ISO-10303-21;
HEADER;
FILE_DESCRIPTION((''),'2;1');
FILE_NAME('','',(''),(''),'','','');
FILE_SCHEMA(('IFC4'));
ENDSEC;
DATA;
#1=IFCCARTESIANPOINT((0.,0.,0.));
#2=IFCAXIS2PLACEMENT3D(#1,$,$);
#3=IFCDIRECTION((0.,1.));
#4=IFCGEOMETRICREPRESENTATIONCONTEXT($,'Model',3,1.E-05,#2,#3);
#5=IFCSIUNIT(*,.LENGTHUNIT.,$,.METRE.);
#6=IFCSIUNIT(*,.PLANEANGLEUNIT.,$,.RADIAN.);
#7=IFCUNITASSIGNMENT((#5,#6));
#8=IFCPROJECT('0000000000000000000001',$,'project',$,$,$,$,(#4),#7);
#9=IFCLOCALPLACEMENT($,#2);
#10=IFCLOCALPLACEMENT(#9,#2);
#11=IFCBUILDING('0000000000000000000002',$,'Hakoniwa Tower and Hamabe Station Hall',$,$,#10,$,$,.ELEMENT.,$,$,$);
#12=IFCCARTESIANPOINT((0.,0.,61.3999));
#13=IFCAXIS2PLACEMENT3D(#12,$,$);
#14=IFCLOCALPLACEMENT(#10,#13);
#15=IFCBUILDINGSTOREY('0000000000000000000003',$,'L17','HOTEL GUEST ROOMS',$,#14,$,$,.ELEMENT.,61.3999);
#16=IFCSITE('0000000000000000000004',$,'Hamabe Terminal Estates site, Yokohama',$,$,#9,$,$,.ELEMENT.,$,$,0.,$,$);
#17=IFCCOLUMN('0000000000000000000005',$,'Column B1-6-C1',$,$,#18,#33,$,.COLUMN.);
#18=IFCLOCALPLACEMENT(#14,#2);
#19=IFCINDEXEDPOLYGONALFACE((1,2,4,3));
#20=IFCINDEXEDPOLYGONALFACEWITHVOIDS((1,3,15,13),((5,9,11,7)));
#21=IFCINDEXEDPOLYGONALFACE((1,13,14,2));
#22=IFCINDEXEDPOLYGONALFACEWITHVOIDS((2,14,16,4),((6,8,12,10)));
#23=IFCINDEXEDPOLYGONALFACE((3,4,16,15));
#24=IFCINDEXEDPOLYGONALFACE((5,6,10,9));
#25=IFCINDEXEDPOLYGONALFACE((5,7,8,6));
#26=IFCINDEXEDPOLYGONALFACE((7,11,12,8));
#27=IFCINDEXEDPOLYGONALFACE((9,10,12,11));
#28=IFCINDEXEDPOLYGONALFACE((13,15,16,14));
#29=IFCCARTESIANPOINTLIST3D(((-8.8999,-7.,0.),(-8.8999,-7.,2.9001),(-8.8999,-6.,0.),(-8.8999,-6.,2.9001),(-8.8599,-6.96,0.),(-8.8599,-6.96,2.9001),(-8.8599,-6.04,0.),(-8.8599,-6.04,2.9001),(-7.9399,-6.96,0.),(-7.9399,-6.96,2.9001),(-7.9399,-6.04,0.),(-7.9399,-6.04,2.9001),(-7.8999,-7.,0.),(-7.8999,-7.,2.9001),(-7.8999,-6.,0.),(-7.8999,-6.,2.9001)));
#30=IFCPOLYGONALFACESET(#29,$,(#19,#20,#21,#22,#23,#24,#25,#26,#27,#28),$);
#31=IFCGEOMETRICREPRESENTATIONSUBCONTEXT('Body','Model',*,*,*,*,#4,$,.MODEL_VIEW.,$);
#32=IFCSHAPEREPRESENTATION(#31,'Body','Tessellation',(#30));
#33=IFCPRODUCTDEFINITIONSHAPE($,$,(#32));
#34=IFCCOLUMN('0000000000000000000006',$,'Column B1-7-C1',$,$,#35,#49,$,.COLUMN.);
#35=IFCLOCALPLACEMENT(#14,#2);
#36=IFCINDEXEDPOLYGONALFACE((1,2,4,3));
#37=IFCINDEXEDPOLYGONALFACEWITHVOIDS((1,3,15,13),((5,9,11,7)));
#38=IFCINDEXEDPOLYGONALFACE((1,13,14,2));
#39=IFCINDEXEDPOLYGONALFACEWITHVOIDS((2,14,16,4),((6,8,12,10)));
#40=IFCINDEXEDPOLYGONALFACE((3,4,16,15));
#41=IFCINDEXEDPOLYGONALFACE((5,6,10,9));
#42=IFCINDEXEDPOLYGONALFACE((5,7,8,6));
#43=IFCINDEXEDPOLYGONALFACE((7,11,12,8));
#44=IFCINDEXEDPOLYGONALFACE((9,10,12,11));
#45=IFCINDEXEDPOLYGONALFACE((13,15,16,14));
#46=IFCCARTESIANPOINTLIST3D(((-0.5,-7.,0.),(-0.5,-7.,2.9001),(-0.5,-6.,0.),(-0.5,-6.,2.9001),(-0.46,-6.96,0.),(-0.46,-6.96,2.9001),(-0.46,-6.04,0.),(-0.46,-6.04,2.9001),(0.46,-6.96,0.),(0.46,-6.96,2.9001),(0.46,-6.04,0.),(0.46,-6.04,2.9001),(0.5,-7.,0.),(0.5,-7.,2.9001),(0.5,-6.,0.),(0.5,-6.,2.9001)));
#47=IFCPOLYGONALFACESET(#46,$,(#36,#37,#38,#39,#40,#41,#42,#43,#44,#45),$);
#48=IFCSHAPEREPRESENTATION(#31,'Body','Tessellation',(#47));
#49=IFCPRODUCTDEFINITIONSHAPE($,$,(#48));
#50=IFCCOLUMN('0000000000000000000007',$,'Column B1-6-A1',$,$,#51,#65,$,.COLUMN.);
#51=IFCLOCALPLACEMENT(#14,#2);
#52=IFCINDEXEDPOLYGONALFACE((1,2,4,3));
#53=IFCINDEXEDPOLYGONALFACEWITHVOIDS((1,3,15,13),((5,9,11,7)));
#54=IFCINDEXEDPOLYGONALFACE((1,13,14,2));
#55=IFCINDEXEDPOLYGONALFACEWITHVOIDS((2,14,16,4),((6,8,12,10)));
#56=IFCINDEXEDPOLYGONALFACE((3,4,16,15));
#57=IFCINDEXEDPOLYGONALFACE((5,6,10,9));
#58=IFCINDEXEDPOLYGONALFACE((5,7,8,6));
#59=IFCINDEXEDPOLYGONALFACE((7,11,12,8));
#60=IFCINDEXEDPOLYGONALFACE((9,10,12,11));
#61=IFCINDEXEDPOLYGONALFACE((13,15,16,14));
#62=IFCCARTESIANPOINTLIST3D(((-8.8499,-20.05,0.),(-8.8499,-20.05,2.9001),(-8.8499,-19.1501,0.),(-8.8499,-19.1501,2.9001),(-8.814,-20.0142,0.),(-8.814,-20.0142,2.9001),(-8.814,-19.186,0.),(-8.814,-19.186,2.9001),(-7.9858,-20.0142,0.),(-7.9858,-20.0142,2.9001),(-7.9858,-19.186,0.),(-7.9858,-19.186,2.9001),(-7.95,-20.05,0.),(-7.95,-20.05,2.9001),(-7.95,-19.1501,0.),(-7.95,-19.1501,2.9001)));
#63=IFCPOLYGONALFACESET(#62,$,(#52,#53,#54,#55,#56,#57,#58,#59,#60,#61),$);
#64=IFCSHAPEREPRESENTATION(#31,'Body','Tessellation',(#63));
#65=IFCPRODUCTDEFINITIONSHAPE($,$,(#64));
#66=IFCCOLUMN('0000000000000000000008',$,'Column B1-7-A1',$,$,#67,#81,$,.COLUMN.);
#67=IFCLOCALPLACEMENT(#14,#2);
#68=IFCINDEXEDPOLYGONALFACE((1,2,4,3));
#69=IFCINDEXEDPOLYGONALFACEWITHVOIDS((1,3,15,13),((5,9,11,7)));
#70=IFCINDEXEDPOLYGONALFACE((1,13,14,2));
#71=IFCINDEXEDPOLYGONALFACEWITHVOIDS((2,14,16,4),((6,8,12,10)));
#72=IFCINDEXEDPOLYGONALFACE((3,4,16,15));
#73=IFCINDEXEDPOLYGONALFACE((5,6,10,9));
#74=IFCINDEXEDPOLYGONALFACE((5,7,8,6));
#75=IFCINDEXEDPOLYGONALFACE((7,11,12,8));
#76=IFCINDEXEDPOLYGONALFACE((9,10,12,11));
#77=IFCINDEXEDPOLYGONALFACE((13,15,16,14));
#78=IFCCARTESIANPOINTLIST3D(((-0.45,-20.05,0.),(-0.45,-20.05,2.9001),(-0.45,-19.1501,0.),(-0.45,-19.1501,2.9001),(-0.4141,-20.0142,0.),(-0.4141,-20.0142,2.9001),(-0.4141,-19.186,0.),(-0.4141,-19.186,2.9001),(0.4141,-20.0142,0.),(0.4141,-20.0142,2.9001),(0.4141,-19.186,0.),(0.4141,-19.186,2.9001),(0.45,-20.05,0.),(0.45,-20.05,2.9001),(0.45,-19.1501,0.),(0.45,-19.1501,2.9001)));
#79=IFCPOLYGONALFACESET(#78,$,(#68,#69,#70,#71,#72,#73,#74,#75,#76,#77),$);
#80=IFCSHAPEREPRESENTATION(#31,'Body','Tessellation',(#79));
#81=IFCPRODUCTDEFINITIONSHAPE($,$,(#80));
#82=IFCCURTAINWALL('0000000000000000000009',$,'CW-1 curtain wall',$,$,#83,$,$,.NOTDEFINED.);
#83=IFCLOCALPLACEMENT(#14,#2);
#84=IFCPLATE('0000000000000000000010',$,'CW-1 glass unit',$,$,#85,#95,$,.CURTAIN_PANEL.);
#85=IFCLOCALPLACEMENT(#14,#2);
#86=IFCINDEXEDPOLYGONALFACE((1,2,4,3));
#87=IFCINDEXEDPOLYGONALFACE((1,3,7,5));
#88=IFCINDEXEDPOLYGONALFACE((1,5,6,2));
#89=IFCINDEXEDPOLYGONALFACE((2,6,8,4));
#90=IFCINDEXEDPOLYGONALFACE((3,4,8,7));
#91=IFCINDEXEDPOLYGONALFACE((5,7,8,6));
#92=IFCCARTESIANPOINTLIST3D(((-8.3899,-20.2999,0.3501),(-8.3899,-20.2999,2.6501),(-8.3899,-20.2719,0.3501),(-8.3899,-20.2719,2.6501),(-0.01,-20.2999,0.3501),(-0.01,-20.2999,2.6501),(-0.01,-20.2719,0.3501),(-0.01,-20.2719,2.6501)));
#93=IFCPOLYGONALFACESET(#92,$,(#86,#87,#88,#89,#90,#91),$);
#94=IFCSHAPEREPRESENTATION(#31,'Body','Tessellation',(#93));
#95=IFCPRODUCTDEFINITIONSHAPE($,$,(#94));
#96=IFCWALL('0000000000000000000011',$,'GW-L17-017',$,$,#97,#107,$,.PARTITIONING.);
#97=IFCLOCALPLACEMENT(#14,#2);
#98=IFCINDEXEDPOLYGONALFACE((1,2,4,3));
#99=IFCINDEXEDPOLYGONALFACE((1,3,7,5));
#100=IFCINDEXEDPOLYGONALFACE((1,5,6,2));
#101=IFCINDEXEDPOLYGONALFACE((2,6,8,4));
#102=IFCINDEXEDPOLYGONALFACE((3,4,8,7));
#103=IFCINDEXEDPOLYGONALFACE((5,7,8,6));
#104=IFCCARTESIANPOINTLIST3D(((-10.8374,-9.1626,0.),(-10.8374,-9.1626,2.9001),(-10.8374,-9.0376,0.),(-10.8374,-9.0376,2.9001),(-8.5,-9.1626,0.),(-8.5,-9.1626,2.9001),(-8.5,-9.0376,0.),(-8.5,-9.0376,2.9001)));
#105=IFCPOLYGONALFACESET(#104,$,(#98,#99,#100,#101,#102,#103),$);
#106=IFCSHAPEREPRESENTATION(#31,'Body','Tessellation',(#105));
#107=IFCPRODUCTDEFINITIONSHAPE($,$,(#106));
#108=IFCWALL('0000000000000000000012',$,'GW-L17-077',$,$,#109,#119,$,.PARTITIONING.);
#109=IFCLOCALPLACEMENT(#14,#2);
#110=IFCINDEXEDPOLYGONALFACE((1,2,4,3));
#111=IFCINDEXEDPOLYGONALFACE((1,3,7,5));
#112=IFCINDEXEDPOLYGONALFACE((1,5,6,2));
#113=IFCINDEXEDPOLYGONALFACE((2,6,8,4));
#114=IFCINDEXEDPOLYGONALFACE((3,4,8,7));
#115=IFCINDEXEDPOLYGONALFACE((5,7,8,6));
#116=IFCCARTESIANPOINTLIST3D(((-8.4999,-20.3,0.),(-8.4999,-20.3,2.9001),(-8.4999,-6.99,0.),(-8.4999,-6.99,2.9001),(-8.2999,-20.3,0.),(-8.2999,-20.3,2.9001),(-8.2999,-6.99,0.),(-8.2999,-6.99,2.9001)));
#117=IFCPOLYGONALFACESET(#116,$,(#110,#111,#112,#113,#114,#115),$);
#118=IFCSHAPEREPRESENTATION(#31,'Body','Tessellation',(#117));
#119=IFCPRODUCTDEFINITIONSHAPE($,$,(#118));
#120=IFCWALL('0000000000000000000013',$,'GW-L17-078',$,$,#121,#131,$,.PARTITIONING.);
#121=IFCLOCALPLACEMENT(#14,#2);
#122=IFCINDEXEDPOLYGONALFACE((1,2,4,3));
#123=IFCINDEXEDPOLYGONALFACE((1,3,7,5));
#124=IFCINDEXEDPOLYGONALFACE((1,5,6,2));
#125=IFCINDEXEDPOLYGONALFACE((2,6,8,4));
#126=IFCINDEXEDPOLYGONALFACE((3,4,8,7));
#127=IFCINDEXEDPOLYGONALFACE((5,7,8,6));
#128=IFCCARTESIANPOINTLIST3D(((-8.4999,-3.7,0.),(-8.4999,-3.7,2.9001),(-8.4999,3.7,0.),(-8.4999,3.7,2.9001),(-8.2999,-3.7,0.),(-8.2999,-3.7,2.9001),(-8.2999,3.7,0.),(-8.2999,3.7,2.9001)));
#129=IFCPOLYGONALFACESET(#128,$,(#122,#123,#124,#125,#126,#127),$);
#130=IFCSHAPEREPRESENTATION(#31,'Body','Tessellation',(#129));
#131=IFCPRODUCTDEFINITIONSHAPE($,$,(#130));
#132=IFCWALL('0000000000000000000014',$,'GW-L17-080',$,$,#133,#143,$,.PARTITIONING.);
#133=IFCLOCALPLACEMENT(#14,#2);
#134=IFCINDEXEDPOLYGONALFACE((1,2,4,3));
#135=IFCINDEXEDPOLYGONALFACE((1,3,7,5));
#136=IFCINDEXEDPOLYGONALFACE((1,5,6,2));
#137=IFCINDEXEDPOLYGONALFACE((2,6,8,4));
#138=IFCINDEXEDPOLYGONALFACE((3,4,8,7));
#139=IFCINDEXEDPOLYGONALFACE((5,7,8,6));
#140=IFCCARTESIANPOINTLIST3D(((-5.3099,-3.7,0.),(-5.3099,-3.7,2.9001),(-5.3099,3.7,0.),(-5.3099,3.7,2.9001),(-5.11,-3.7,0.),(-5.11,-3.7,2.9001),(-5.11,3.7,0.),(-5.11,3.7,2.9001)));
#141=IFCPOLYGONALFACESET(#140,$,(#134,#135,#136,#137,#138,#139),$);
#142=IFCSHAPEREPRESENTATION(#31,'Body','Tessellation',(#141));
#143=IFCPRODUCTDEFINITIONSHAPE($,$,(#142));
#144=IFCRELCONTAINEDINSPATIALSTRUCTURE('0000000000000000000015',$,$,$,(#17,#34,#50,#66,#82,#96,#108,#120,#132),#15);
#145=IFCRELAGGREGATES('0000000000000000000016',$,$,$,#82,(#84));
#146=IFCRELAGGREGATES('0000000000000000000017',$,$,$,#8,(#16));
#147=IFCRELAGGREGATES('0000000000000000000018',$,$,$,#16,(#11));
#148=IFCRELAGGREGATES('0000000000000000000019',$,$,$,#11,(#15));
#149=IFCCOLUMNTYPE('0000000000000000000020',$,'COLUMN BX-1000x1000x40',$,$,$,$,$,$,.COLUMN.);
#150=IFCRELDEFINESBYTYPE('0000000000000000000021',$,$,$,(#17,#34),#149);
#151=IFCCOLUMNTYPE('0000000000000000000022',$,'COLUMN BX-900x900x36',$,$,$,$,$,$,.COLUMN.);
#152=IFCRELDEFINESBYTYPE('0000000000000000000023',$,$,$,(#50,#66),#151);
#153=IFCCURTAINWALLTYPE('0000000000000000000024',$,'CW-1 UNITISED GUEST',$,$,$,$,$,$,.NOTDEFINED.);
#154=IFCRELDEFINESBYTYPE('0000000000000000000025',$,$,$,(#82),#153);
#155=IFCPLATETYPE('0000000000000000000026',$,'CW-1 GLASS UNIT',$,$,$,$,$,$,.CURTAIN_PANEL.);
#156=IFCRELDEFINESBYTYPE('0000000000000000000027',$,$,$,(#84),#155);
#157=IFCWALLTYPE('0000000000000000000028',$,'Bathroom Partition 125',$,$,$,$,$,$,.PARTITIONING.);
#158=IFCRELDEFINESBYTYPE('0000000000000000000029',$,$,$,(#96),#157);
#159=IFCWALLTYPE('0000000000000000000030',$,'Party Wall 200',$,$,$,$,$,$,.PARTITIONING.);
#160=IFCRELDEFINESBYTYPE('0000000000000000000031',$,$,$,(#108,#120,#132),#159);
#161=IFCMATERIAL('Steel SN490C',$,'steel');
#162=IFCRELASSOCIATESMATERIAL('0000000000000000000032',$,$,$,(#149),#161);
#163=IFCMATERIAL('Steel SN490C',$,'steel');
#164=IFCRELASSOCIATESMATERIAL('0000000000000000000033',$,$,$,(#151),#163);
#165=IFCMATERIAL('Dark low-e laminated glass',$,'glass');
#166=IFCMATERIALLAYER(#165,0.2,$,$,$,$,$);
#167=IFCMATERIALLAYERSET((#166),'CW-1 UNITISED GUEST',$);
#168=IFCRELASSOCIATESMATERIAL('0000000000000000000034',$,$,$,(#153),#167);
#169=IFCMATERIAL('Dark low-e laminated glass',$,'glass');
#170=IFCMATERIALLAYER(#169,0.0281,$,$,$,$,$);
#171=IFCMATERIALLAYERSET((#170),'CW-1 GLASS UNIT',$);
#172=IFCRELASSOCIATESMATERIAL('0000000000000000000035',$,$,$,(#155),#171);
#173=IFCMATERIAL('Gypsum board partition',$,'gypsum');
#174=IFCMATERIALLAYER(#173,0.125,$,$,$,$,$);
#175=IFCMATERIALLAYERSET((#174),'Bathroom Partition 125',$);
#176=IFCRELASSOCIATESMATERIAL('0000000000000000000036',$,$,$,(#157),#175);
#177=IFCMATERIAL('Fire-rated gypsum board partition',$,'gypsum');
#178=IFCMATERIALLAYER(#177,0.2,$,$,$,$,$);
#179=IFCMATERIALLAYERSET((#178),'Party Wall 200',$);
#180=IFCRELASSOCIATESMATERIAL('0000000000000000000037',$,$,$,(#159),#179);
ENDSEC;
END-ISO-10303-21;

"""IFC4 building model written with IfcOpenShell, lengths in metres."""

from ifc_helpers import new_model, si_unit, direction, frame, frame_2d, origin, origin_2d, place, context, subcontext, project, spatial, rectangle, hollow_rectangle, extrude, material, layer, layer_set, material_profile, profile_set, type_object, element, aggregate, save


model = new_model("IFC4")

# Units and contexts
model_context = context("Model", 3, precision=1e-05, world=origin(), true_north=direction((0.0, 1.0)))
body_context = subcontext(model_context, "Body", "Model", "MODEL_VIEW")
ifc_project = project(units=[si_unit("LENGTHUNIT", "METRE"), si_unit("PLANEANGLEUNIT", "RADIAN")], contexts=[model_context])

# Site, building, storey
site_placement = place(None, origin())
site = spatial("IfcSite", under=ifc_project, at=site_placement, Name="Hamabe Terminal Estates site, Yokohama", CompositionType="ELEMENT", RefElevation=0.0)
building_placement = place(site_placement, origin())
building = spatial("IfcBuilding", under=site, at=building_placement, Name="Hakoniwa Tower and Hamabe Station Hall", CompositionType="ELEMENT")
storey_placement = place(building_placement, frame((0.0, 0.0, 61.3999)))
storey = spatial("IfcBuildingStorey", under=building, at=storey_placement, Name="L17", Description="HOTEL GUEST ROOMS", CompositionType="ELEMENT", Elevation=61.3999)

# Columns
ifc_material_1 = material(Name="Steel SN490C", Category="steel")
ifc_material_profile_1 = material_profile(ifc_material_1, hollow_rectangle(XDim=1.0, YDim=1.0, WallThickness=0.04, at=origin_2d()), Name="BX-1000x1000x40")
ifc_profile_set_1 = profile_set([ifc_material_profile_1], Name="Steel SN490C")
column_type_1 = type_object("IfcColumnType", Name="COLUMN BX-1000x1000x40", PredefinedType="COLUMN", material=ifc_profile_set_1)
for number, where, z_axis, x_axis, name in (
    (1, (-8.3999, -6.5, 0.0), (0.0, 0.0, 1.0), (1.0, 0.0, 0.0), "Column B1-6-C1"),
    (2, (0.0, -6.5, 0.0), (0.0, 0.0, 1.0), (1.0, 0.0, 0.0), "Column B1-7-C1"),
):
    element("IfcColumn", number, at=place(storey_placement, frame(where, z_axis=z_axis, x_axis=x_axis)), inside=storey, type_object=column_type_1, Name=name, PredefinedType="COLUMN", context=body_context, shape_type="SweptSolid", body=[
        extrude(hollow_rectangle(XDim=1.0, YDim=1.0, WallThickness=0.04, at=origin_2d()), origin(), (0.0, 0.0, 1.0), 2.9001),
    ])
ifc_material_2 = material(Name="Steel SN490C", Category="steel")
ifc_material_profile_2 = material_profile(ifc_material_2, hollow_rectangle(XDim=0.8999, YDim=0.8999, WallThickness=0.0359, at=origin_2d()), Name="BX-900x900x36")
ifc_profile_set_2 = profile_set([ifc_material_profile_2], Name="Steel SN490C")
column_type_2 = type_object("IfcColumnType", Name="COLUMN BX-900x900x36", PredefinedType="COLUMN", material=ifc_profile_set_2)
for number, where, z_axis, x_axis, name in (
    (3, (-8.3999, -19.6001, 0.0), (0.0, 0.0, 1.0), (1.0, 0.0, 0.0), "Column B1-6-A1"),
    (4, (0.0, -19.6001, 0.0), (0.0, 0.0, 1.0), (1.0, 0.0, 0.0), "Column B1-7-A1"),
):
    element("IfcColumn", number, at=place(storey_placement, frame(where, z_axis=z_axis, x_axis=x_axis)), inside=storey, type_object=column_type_2, Name=name, PredefinedType="COLUMN", context=body_context, shape_type="SweptSolid", body=[
        extrude(hollow_rectangle(XDim=0.8999, YDim=0.8999, WallThickness=0.0359, at=origin_2d()), origin(), (0.0, 0.0, 1.0), 2.9001),
    ])

# Curtain wall, plate
ifc_material_3 = material(Name="Dark low-e laminated glass", Category="glass")
ifc_layer_1 = layer(ifc_material_3, 0.2)
ifc_layer_set_1 = layer_set([ifc_layer_1], Name="CW-1 UNITISED GUEST")
curtain_wall_type = type_object("IfcCurtainWallType", Name="CW-1 UNITISED GUEST", PredefinedType="NOTDEFINED", material=ifc_layer_set_1)
curtain_wall_placement = place(storey_placement, origin())
curtain_wall = element("IfcCurtainWall", 5, at=curtain_wall_placement, inside=storey, type_object=curtain_wall_type, Name="CW-1 curtain wall", PredefinedType="NOTDEFINED")
ifc_material_4 = material(Name="Dark low-e laminated glass", Category="glass")
ifc_layer_2 = layer(ifc_material_4, 0.0281)
ifc_layer_set_2 = layer_set([ifc_layer_2], Name="CW-1 GLASS UNIT")
plate_type = type_object("IfcPlateType", Name="CW-1 GLASS UNIT", PredefinedType="CURTAIN_PANEL", material=ifc_layer_set_2)
plate_placement = place(storey_placement, frame((-4.2, -20.2859, 0.3501), z_axis=(0.0, 0.0, 1.0), x_axis=(1.0, 0.0, 0.0)))
plate = element("IfcPlate", 6, at=plate_placement, type_object=plate_type, Name="CW-1 glass unit", PredefinedType="CURTAIN_PANEL", context=body_context, shape_type="SweptSolid", body=[
    extrude(rectangle(XDim=8.3799, YDim=0.0281, at=origin_2d()), origin(), (0.0, 0.0, 1.0), 2.3),
])
aggregate(curtain_wall, [plate])

# Walls
ifc_material_5 = material(Name="Gypsum board partition", Category="gypsum")
ifc_layer_3 = layer(ifc_material_5, 0.125)
ifc_layer_set_3 = layer_set([ifc_layer_3], Name="Bathroom Partition 125")
wall_type_1 = type_object("IfcWallType", Name="Bathroom Partition 125", PredefinedType="PARTITIONING", material=ifc_layer_set_3)
wall_1_placement = place(storey_placement, frame((-10.8374, -9.1001, 0.0), z_axis=(0.0, 0.0, 1.0), x_axis=(1.0, 0.0, 0.0)))
element("IfcWall", 7, at=wall_1_placement, inside=storey, type_object=wall_type_1, Name="GW-L17-017", PredefinedType="PARTITIONING", context=body_context, shape_type="SweptSolid", body=[
    extrude(rectangle(XDim=2.3374, YDim=0.125, at=frame_2d((1.1687, 0.0))), origin(), (0.0, 0.0, 1.0), 2.9001),
])
ifc_material_6 = material(Name="Fire-rated gypsum board partition", Category="gypsum")
ifc_layer_4 = layer(ifc_material_6, 0.2)
ifc_layer_set_4 = layer_set([ifc_layer_4], Name="Party Wall 200")
wall_type_2 = type_object("IfcWallType", Name="Party Wall 200", PredefinedType="PARTITIONING", material=ifc_layer_set_4)
wall_2_placement = place(storey_placement, frame((-8.3999, -20.3, 0.0), z_axis=(0.0, 0.0, 1.0), x_axis=(0.0, 1.0, 0.0)))
element("IfcWall", 8, at=wall_2_placement, inside=storey, type_object=wall_type_2, Name="GW-L17-077", PredefinedType="PARTITIONING", context=body_context, shape_type="SweptSolid", body=[
    extrude(rectangle(XDim=13.3101, YDim=0.2, at=frame_2d((6.655, 0.0))), origin(), (0.0, 0.0, 1.0), 2.9001),
])
for number, where, z_axis, x_axis, name in (
    (9, (-8.3999, -3.7, 0.0), (0.0, 0.0, 1.0), (0.0, 1.0, 0.0), "GW-L17-078"),
    (10, (-5.21, -3.7, 0.0), (0.0, 0.0, 1.0), (0.0, 1.0, 0.0), "GW-L17-080"),
):
    element("IfcWall", number, at=place(storey_placement, frame(where, z_axis=z_axis, x_axis=x_axis)), inside=storey, type_object=wall_type_2, Name=name, PredefinedType="PARTITIONING", context=body_context, shape_type="SweptSolid", body=[
        extrude(rectangle(XDim=7.3999, YDim=0.2, at=frame_2d((3.7, 0.0))), origin(), (0.0, 0.0, 1.0), 2.9001),
    ])

save(model, "model.ifc")
